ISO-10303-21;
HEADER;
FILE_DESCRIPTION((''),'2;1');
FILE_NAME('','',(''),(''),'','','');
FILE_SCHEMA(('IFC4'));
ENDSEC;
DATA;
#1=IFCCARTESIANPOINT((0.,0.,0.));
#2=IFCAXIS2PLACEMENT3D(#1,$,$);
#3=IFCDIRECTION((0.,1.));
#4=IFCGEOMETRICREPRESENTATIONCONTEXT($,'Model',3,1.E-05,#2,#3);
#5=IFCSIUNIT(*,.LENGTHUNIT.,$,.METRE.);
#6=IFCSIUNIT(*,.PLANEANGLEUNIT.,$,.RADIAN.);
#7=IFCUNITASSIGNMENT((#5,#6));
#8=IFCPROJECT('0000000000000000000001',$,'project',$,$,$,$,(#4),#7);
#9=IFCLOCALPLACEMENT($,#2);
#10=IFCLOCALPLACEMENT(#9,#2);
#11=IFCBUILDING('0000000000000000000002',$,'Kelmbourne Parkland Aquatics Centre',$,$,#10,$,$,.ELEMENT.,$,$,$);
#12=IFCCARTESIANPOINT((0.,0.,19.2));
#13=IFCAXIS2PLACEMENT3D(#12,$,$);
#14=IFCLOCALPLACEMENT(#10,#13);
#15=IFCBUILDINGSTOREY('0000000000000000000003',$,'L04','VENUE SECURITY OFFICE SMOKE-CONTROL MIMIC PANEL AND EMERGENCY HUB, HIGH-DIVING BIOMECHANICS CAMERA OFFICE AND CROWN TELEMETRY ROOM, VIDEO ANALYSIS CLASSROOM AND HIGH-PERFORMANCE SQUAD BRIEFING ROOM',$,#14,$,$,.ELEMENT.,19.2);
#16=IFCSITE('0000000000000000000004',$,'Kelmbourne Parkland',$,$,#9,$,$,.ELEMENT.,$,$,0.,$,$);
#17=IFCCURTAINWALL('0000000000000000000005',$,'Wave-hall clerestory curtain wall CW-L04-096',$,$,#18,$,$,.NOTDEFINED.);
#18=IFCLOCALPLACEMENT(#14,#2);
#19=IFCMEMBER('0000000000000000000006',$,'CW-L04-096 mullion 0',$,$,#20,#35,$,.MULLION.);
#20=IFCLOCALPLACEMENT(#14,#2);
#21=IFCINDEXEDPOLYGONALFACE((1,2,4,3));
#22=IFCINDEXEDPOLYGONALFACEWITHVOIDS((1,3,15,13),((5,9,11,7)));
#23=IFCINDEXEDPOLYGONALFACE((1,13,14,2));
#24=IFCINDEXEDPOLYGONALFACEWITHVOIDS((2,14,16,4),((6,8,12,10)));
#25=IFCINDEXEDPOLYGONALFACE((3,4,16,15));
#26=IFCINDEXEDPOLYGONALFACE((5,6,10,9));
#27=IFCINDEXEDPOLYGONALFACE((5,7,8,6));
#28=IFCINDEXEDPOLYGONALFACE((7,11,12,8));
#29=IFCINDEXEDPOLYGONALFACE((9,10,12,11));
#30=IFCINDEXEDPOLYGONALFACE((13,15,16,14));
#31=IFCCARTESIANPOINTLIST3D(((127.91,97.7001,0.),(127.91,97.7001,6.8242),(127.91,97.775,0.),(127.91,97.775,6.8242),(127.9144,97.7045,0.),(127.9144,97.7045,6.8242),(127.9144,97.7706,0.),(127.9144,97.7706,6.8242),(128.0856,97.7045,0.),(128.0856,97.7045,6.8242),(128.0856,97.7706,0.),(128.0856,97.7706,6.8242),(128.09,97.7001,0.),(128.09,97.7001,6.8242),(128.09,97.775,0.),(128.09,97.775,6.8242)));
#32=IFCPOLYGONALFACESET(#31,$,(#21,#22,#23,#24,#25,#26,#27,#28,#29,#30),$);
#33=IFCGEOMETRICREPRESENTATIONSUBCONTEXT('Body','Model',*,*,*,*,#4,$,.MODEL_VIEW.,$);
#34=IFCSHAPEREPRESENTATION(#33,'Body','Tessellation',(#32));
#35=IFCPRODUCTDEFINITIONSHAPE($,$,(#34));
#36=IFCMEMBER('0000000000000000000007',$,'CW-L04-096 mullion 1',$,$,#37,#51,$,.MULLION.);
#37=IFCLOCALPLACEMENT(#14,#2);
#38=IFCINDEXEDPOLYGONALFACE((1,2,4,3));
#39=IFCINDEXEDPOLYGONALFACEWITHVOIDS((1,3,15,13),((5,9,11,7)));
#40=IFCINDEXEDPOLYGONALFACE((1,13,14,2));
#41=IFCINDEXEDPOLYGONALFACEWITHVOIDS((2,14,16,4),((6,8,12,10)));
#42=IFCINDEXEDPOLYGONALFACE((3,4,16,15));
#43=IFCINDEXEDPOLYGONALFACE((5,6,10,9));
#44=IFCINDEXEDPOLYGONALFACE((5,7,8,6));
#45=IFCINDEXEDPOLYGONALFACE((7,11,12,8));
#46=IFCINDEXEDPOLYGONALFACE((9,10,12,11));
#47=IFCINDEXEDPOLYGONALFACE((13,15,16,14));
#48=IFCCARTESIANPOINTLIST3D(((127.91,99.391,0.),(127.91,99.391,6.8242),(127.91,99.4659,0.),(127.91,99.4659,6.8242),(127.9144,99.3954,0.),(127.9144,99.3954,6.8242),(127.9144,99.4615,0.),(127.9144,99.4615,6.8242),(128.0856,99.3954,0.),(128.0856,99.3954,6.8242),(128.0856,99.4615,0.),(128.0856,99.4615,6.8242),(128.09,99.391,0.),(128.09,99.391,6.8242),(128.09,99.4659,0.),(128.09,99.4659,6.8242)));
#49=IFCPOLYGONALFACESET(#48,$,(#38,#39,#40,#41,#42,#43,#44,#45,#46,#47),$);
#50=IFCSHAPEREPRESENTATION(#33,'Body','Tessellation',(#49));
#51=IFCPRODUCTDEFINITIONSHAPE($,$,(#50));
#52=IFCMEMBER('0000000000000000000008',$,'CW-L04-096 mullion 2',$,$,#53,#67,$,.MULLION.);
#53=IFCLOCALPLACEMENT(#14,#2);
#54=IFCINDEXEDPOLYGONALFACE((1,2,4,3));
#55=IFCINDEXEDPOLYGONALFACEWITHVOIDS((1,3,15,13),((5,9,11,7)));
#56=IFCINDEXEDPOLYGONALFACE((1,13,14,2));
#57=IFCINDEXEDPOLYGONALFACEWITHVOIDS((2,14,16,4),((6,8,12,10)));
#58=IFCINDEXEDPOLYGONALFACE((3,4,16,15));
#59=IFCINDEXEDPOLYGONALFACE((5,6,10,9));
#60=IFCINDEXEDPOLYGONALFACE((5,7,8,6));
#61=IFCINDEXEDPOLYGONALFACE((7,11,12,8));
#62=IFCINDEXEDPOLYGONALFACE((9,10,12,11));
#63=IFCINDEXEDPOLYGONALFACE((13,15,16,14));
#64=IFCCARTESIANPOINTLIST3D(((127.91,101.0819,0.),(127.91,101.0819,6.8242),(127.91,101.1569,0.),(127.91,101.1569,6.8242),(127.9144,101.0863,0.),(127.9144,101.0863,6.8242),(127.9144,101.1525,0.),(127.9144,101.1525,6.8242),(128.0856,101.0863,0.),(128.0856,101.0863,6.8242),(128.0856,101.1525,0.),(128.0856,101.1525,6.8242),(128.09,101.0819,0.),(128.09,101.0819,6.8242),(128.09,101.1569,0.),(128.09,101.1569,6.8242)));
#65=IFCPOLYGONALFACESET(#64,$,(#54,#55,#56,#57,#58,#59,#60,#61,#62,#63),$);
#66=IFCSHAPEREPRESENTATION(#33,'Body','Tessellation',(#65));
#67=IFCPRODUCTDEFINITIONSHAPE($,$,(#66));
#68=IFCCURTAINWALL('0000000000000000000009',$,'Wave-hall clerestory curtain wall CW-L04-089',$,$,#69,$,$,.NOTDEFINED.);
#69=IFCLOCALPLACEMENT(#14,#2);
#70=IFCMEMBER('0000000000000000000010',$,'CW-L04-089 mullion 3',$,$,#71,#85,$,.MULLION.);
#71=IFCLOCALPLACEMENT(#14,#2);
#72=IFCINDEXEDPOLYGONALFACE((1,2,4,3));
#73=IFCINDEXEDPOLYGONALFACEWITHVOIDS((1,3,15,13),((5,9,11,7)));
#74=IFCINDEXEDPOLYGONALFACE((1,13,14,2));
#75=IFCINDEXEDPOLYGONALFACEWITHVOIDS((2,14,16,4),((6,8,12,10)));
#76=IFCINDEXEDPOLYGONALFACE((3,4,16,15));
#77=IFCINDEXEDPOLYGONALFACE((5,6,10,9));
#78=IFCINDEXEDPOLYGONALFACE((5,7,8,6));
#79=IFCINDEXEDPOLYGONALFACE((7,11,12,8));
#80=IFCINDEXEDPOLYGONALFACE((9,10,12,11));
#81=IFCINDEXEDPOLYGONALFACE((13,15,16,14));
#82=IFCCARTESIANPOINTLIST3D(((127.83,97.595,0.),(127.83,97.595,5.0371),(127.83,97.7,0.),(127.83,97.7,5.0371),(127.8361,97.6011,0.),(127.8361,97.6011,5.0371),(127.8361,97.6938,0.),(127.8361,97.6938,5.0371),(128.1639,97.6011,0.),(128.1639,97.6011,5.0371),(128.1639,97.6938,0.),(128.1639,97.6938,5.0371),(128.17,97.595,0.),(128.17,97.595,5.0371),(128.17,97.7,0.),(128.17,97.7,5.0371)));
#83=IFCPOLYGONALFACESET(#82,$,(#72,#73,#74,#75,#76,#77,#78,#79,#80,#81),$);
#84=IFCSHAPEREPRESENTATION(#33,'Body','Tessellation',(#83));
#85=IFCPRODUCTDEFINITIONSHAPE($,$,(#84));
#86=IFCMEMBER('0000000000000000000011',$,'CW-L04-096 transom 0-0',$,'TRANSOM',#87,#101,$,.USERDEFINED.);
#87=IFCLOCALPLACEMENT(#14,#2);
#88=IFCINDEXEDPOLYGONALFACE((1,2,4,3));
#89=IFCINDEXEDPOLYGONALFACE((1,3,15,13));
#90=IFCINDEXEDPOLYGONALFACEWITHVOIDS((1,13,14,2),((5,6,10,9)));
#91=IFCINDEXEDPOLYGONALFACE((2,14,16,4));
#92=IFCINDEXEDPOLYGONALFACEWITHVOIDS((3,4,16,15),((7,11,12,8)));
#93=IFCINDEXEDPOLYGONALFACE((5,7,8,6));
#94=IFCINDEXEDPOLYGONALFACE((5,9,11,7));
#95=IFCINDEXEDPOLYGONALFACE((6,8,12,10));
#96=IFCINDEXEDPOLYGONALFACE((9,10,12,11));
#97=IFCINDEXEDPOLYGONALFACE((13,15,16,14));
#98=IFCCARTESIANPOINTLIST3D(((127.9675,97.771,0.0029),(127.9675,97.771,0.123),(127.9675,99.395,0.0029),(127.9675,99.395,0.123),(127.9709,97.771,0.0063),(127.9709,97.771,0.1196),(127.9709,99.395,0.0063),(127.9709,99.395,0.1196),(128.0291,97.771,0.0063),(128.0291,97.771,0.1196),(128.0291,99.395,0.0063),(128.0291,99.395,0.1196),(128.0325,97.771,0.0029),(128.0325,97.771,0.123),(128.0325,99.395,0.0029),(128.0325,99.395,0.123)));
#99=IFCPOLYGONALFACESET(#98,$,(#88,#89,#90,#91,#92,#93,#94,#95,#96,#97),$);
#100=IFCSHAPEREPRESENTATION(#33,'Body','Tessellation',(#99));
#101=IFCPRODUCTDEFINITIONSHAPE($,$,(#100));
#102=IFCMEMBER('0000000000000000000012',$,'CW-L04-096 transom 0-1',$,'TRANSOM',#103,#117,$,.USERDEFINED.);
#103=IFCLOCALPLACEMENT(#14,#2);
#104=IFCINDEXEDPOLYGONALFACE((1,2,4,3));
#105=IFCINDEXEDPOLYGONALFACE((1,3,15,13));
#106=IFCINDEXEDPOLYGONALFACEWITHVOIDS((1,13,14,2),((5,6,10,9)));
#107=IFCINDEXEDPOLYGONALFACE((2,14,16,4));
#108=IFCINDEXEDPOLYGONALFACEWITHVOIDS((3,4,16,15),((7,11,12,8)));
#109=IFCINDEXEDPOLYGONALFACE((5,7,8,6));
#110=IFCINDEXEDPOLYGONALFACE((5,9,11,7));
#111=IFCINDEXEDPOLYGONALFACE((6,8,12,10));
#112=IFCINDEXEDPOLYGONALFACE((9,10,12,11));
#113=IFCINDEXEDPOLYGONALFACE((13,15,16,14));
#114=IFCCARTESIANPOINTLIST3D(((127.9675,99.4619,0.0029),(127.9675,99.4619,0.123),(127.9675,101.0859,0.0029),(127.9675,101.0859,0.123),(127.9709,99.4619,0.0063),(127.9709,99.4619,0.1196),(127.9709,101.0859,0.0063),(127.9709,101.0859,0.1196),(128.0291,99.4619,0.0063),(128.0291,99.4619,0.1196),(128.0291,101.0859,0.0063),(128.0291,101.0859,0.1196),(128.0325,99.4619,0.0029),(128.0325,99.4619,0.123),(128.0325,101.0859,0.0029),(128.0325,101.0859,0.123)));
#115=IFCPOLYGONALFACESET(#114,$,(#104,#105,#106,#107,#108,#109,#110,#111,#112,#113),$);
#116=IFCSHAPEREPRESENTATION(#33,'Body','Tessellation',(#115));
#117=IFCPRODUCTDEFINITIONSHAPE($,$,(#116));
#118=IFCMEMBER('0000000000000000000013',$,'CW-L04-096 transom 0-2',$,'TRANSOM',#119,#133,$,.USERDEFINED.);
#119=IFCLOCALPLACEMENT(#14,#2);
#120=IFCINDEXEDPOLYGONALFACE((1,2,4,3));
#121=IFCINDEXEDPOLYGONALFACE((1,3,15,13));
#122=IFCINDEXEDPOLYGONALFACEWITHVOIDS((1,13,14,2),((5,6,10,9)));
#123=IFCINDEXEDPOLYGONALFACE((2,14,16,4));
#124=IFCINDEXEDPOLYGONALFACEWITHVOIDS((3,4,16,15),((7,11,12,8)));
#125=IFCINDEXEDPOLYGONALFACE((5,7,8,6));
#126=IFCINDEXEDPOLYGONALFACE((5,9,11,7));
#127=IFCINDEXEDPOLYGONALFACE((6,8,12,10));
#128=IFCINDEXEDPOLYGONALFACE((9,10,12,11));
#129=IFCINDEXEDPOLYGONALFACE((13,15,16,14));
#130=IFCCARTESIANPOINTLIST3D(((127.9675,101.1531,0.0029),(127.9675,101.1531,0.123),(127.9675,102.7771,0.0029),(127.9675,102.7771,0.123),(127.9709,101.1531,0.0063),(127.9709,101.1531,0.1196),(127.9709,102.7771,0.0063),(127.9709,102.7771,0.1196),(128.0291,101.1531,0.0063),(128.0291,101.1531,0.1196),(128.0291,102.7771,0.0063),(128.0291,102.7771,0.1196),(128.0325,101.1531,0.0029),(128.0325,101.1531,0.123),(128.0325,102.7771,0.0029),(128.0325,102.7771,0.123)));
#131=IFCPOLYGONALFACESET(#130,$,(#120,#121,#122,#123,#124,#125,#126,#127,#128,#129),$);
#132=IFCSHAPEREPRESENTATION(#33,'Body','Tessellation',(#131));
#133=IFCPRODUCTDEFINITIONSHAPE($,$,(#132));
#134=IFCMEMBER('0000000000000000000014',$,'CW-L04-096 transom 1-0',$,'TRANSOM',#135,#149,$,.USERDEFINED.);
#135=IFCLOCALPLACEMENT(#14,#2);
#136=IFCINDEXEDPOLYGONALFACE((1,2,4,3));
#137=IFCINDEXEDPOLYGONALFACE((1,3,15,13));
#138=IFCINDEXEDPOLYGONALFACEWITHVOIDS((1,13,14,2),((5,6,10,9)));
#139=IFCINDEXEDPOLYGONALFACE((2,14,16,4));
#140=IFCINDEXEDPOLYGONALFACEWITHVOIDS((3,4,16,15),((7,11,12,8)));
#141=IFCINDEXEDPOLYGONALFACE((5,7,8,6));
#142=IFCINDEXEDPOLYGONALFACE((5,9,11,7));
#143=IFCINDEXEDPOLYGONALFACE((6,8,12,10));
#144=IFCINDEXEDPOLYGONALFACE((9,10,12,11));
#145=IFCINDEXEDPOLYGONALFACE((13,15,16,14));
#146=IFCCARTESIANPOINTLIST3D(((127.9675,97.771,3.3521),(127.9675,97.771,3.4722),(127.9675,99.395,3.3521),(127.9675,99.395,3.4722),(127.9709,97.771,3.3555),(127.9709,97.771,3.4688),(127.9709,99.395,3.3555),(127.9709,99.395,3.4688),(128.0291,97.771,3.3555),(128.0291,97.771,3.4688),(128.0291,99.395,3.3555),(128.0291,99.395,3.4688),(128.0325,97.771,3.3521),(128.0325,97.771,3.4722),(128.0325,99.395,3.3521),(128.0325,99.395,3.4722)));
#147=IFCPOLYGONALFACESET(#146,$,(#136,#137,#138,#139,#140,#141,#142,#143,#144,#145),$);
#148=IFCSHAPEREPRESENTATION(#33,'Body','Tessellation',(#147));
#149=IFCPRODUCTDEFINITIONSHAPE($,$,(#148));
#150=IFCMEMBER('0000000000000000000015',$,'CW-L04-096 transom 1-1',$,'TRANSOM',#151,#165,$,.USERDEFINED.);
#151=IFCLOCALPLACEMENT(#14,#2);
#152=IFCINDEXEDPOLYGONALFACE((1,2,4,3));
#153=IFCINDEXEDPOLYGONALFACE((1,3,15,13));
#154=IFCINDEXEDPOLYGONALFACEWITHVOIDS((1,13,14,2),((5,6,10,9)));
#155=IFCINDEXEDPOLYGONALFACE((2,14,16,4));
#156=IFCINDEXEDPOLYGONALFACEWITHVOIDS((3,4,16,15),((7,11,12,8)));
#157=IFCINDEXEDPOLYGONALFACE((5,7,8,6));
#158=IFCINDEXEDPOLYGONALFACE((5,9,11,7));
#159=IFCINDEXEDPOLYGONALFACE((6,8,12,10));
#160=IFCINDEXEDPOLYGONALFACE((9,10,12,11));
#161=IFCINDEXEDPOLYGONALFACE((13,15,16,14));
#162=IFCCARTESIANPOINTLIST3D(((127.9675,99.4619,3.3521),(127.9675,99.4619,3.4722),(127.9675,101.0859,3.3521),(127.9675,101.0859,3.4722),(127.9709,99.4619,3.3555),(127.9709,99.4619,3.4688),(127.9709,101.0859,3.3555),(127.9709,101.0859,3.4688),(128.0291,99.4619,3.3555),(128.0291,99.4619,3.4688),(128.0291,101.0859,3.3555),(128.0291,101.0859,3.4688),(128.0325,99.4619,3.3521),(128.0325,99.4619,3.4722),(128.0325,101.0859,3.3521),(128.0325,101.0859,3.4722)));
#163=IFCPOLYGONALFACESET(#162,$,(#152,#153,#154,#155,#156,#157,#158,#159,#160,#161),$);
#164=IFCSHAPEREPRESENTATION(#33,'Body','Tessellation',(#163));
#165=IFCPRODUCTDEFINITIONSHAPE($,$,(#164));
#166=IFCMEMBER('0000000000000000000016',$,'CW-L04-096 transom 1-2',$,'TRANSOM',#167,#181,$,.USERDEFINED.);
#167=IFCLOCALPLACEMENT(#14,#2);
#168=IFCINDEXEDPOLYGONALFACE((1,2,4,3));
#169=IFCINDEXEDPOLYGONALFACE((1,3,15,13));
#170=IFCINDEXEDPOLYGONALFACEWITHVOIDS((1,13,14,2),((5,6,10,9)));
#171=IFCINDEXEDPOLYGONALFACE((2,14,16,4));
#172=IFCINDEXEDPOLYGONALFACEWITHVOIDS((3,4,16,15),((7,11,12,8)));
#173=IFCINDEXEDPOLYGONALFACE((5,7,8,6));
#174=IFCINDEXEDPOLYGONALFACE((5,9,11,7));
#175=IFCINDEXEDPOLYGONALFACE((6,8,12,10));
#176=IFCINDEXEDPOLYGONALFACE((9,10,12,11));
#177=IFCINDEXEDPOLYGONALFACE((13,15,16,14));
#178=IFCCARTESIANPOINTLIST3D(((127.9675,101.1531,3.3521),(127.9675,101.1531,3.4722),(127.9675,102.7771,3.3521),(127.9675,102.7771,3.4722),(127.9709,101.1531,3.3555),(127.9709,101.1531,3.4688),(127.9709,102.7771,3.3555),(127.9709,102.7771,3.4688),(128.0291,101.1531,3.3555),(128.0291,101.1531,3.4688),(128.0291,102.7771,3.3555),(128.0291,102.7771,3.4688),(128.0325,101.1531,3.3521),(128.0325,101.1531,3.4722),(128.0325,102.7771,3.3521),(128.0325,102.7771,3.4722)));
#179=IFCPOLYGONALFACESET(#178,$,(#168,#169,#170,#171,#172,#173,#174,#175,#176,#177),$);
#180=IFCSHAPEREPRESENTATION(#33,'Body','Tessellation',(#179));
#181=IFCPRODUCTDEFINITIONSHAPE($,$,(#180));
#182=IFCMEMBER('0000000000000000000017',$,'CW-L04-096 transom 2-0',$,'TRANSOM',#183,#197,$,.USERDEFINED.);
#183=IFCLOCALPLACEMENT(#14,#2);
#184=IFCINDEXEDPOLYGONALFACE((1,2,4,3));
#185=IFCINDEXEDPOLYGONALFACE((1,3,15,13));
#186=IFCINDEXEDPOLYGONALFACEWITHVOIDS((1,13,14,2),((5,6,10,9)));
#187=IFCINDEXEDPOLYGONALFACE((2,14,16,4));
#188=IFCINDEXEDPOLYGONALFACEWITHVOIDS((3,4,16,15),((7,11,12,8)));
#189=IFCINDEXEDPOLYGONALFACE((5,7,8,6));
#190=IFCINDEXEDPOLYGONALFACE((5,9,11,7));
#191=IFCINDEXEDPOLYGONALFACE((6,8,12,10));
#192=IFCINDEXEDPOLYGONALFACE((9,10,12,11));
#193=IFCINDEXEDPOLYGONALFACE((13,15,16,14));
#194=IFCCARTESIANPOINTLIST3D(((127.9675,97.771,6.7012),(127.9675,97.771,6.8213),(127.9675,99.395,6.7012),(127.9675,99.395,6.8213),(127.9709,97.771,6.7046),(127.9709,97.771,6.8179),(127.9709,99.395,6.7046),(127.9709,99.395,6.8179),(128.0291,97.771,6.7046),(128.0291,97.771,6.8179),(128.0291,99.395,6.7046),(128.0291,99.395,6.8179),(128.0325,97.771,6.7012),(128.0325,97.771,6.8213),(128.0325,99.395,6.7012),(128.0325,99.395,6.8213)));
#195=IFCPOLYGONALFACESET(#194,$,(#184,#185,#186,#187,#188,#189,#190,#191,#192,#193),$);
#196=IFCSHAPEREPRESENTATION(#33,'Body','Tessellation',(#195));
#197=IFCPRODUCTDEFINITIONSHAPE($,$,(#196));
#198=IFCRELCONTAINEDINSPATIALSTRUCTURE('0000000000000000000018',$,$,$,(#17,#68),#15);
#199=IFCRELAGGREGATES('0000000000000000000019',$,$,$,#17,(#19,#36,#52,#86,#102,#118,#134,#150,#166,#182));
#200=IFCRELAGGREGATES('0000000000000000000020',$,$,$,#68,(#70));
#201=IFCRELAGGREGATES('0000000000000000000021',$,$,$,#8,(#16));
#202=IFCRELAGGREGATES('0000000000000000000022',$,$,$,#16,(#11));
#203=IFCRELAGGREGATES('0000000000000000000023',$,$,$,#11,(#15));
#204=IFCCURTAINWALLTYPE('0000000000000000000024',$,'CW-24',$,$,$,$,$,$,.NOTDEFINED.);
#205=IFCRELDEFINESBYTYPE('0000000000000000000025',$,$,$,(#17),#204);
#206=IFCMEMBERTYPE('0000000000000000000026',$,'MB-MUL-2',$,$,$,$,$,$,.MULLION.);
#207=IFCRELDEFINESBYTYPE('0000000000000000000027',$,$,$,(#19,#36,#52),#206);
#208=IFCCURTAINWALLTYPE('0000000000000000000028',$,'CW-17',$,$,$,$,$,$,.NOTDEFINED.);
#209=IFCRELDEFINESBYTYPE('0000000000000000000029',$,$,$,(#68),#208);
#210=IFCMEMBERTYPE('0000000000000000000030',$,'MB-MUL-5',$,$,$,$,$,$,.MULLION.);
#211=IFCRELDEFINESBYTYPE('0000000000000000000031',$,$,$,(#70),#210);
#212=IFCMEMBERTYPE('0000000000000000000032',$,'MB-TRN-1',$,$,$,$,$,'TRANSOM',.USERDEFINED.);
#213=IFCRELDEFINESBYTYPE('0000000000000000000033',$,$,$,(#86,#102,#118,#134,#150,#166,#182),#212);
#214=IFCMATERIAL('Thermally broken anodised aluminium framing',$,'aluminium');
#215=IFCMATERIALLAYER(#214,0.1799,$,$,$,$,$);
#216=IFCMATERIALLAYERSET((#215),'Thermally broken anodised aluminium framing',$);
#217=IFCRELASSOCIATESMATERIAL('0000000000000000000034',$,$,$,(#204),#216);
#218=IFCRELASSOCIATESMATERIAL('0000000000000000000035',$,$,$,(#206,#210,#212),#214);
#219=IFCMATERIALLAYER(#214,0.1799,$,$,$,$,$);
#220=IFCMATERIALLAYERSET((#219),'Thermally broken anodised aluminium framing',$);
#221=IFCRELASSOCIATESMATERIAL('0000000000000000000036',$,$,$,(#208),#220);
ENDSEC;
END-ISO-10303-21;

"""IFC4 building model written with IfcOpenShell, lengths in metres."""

from ifc_helpers import new_model, si_unit, direction, frame, origin, origin_2d, place, context, subcontext, project, spatial, hollow_rectangle, extrude, material, layer, layer_set, material_profile, profile_set, type_object, element, aggregate, save


model = new_model("IFC4")

# Units and contexts
model_context = context("Model", 3, precision=1e-05, world=origin(), true_north=direction((0.0, 1.0)))
body_context = subcontext(model_context, "Body", "Model", "MODEL_VIEW")
ifc_project = project(units=[si_unit("LENGTHUNIT", "METRE"), si_unit("PLANEANGLEUNIT", "RADIAN")], contexts=[model_context])

# Site, building, storey
site_placement = place(None, origin())
site = spatial("IfcSite", under=ifc_project, at=site_placement, Name="Kelmbourne Parkland", CompositionType="ELEMENT", RefElevation=0.0)
building_placement = place(site_placement, origin())
building = spatial("IfcBuilding", under=site, at=building_placement, Name="Kelmbourne Parkland Aquatics Centre", CompositionType="ELEMENT")
storey_placement = place(building_placement, frame((0.0, 0.0, 19.2)))
storey = spatial("IfcBuildingStorey", under=building, at=storey_placement, Name="L04", Description="VENUE SECURITY OFFICE SMOKE-CONTROL MIMIC PANEL AND EMERGENCY HUB, HIGH-DIVING BIOMECHANICS CAMERA OFFICE AND CROWN TELEMETRY ROOM, VIDEO ANALYSIS CLASSROOM AND HIGH-PERFORMANCE SQUAD BRIEFING ROOM", CompositionType="ELEMENT", Elevation=19.2)

# Curtain wall, members
ifc_material_1 = material(Name="Thermally broken anodised aluminium framing", Category="aluminium")
ifc_layer_1 = layer(ifc_material_1, 0.1799)
ifc_layer_set_1 = layer_set([ifc_layer_1], Name="Thermally broken anodised aluminium framing")
curtain_wall_type_1 = type_object("IfcCurtainWallType", Name="CW-24", PredefinedType="NOTDEFINED", material=ifc_layer_set_1)
curtain_wall_1_placement = place(storey_placement, origin())
curtain_wall_1 = element("IfcCurtainWall", 1, at=curtain_wall_1_placement, inside=storey, type_object=curtain_wall_type_1, Name="Wave-hall clerestory curtain wall CW-L04-096", PredefinedType="NOTDEFINED")
ifc_material_profile_1 = material_profile(ifc_material_1, hollow_rectangle(XDim=0.075, YDim=0.1799, WallThickness=0.0044, at=origin_2d()), Name="CW-M 75x180")
ifc_profile_set_1 = profile_set([ifc_material_profile_1], Name="Thermally broken anodised aluminium framing")
member_type_1 = type_object("IfcMemberType", Name="MB-MUL-2", PredefinedType="MULLION", material=ifc_profile_set_1)
member_1_placement = place(storey_placement, frame((128.0, 97.7375, 0.0), z_axis=(0.0, 0.0, 1.0), x_axis=(0.0, 1.0, 0.0)))
member_1 = element("IfcMember", 2, at=member_1_placement, type_object=member_type_1, Name="CW-L04-096 mullion 0", PredefinedType="MULLION", context=body_context, shape_type="SweptSolid", body=[
    extrude(hollow_rectangle(XDim=0.075, YDim=0.1799, WallThickness=0.0044, at=origin_2d()), origin(), (0.0, 0.0, 1.0), 6.8242),
])
member_2_placement = place(storey_placement, frame((128.0, 99.4285, 0.0), z_axis=(0.0, 0.0, 1.0), x_axis=(0.0, 1.0, 0.0)))
member_2 = element("IfcMember", 3, at=member_2_placement, type_object=member_type_1, Name="CW-L04-096 mullion 1", PredefinedType="MULLION", context=body_context, shape_type="SweptSolid", body=[
    extrude(hollow_rectangle(XDim=0.075, YDim=0.1799, WallThickness=0.0044, at=origin_2d()), origin(), (0.0, 0.0, 1.0), 6.8242),
])
member_3_placement = place(storey_placement, frame((128.0, 101.1194, 0.0), z_axis=(0.0, 0.0, 1.0), x_axis=(0.0, 1.0, 0.0)))
member_3 = element("IfcMember", 4, at=member_3_placement, type_object=member_type_1, Name="CW-L04-096 mullion 2", PredefinedType="MULLION", context=body_context, shape_type="SweptSolid", body=[
    extrude(hollow_rectangle(XDim=0.075, YDim=0.1799, WallThickness=0.0044, at=origin_2d()), origin(), (0.0, 0.0, 1.0), 6.8242),
])

# Curtain wall, member
ifc_layer_2 = layer(ifc_material_1, 0.1799)
ifc_layer_set_2 = layer_set([ifc_layer_2], Name="Thermally broken anodised aluminium framing")
curtain_wall_type_2 = type_object("IfcCurtainWallType", Name="CW-17", PredefinedType="NOTDEFINED", material=ifc_layer_set_2)
curtain_wall_2_placement = place(storey_placement, origin())
curtain_wall_2 = element("IfcCurtainWall", 5, at=curtain_wall_2_placement, inside=storey, type_object=curtain_wall_type_2, Name="Wave-hall clerestory curtain wall CW-L04-089", PredefinedType="NOTDEFINED")
ifc_material_profile_2 = material_profile(ifc_material_1, hollow_rectangle(XDim=0.105, YDim=0.3401, WallThickness=0.0061, at=origin_2d()), Name="CW-M 105x340")
ifc_profile_set_2 = profile_set([ifc_material_profile_2], Name="Thermally broken anodised aluminium framing")
member_type_2 = type_object("IfcMemberType", Name="MB-MUL-5", PredefinedType="MULLION", material=ifc_profile_set_2)
member_4_placement = place(storey_placement, frame((128.0, 97.6475, 0.0), z_axis=(0.0, 0.0, 1.0), x_axis=(0.0, 1.0, 0.0)))
member_4 = element("IfcMember", 6, at=member_4_placement, type_object=member_type_2, Name="CW-L04-089 mullion 3", PredefinedType="MULLION", context=body_context, shape_type="SweptSolid", body=[
    extrude(hollow_rectangle(XDim=0.105, YDim=0.3401, WallThickness=0.0061, at=origin_2d()), origin(), (0.0, 0.0, 1.0), 5.0371),
])

# Members
ifc_material_profile_3 = material_profile(ifc_material_1, hollow_rectangle(XDim=0.0649, YDim=0.1201, WallThickness=0.0034, at=origin_2d()), Name="CW-T 65x120")
ifc_profile_set_3 = profile_set([ifc_material_profile_3], Name="Thermally broken anodised aluminium framing")
member_type_3 = type_object("IfcMemberType", Name="MB-TRN-1", ElementType="TRANSOM", PredefinedType="USERDEFINED", material=ifc_profile_set_3)
member_5_placement = place(storey_placement, frame((128.0, 97.771, 0.063), z_axis=(0.0, 1.0, 0.0), x_axis=(-1.0, 0.0, 0.0)))
member_5 = element("IfcMember", 7, at=member_5_placement, type_object=member_type_3, Name="CW-L04-096 transom 0-0", ObjectType="TRANSOM", PredefinedType="USERDEFINED", context=body_context, shape_type="SweptSolid", body=[
    extrude(hollow_rectangle(XDim=0.0649, YDim=0.1201, WallThickness=0.0034, at=origin_2d()), origin(), (0.0, 0.0, 1.0), 1.624),
])
member_6_placement = place(storey_placement, frame((128.0, 99.4619, 0.063), z_axis=(0.0, 1.0, 0.0), x_axis=(-1.0, 0.0, 0.0)))
member_6 = element("IfcMember", 8, at=member_6_placement, type_object=member_type_3, Name="CW-L04-096 transom 0-1", ObjectType="TRANSOM", PredefinedType="USERDEFINED", context=body_context, shape_type="SweptSolid", body=[
    extrude(hollow_rectangle(XDim=0.0649, YDim=0.1201, WallThickness=0.0034, at=origin_2d()), origin(), (0.0, 0.0, 1.0), 1.624),
])
member_7_placement = place(storey_placement, frame((128.0, 101.1531, 0.063), z_axis=(0.0, 1.0, 0.0), x_axis=(-1.0, 0.0, 0.0)))
member_7 = element("IfcMember", 9, at=member_7_placement, type_object=member_type_3, Name="CW-L04-096 transom 0-2", ObjectType="TRANSOM", PredefinedType="USERDEFINED", context=body_context, shape_type="SweptSolid", body=[
    extrude(hollow_rectangle(XDim=0.0649, YDim=0.1201, WallThickness=0.0034, at=origin_2d()), origin(), (0.0, 0.0, 1.0), 1.624),
])
member_8_placement = place(storey_placement, frame((128.0, 97.771, 3.4121), z_axis=(0.0, 1.0, 0.0), x_axis=(-1.0, 0.0, 0.0)))
member_8 = element("IfcMember", 10, at=member_8_placement, type_object=member_type_3, Name="CW-L04-096 transom 1-0", ObjectType="TRANSOM", PredefinedType="USERDEFINED", context=body_context, shape_type="SweptSolid", body=[
    extrude(hollow_rectangle(XDim=0.0649, YDim=0.1201, WallThickness=0.0034, at=origin_2d()), origin(), (0.0, 0.0, 1.0), 1.624),
])
member_9_placement = place(storey_placement, frame((128.0, 99.4619, 3.4121), z_axis=(0.0, 1.0, 0.0), x_axis=(-1.0, 0.0, 0.0)))
member_9 = element("IfcMember", 11, at=member_9_placement, type_object=member_type_3, Name="CW-L04-096 transom 1-1", ObjectType="TRANSOM", PredefinedType="USERDEFINED", context=body_context, shape_type="SweptSolid", body=[
    extrude(hollow_rectangle(XDim=0.0649, YDim=0.1201, WallThickness=0.0034, at=origin_2d()), origin(), (0.0, 0.0, 1.0), 1.624),
])
member_10_placement = place(storey_placement, frame((128.0, 101.1531, 3.4121), z_axis=(0.0, 1.0, 0.0), x_axis=(-1.0, 0.0, 0.0)))
member_10 = element("IfcMember", 12, at=member_10_placement, type_object=member_type_3, Name="CW-L04-096 transom 1-2", ObjectType="TRANSOM", PredefinedType="USERDEFINED", context=body_context, shape_type="SweptSolid", body=[
    extrude(hollow_rectangle(XDim=0.0649, YDim=0.1201, WallThickness=0.0034, at=origin_2d()), origin(), (0.0, 0.0, 1.0), 1.624),
])
member_11_placement = place(storey_placement, frame((128.0, 97.771, 6.7612), z_axis=(0.0, 1.0, 0.0), x_axis=(-1.0, 0.0, 0.0)))
member_11 = element("IfcMember", 13, at=member_11_placement, type_object=member_type_3, Name="CW-L04-096 transom 2-0", ObjectType="TRANSOM", PredefinedType="USERDEFINED", context=body_context, shape_type="SweptSolid", body=[
    extrude(hollow_rectangle(XDim=0.0649, YDim=0.1201, WallThickness=0.0034, at=origin_2d()), origin(), (0.0, 0.0, 1.0), 1.624),
])

aggregate(curtain_wall_1, [member_1, member_2, member_3, member_5, member_6, member_7, member_8, member_9, member_10, member_11])
aggregate(curtain_wall_2, [member_4])

save(model, "model.ifc")
